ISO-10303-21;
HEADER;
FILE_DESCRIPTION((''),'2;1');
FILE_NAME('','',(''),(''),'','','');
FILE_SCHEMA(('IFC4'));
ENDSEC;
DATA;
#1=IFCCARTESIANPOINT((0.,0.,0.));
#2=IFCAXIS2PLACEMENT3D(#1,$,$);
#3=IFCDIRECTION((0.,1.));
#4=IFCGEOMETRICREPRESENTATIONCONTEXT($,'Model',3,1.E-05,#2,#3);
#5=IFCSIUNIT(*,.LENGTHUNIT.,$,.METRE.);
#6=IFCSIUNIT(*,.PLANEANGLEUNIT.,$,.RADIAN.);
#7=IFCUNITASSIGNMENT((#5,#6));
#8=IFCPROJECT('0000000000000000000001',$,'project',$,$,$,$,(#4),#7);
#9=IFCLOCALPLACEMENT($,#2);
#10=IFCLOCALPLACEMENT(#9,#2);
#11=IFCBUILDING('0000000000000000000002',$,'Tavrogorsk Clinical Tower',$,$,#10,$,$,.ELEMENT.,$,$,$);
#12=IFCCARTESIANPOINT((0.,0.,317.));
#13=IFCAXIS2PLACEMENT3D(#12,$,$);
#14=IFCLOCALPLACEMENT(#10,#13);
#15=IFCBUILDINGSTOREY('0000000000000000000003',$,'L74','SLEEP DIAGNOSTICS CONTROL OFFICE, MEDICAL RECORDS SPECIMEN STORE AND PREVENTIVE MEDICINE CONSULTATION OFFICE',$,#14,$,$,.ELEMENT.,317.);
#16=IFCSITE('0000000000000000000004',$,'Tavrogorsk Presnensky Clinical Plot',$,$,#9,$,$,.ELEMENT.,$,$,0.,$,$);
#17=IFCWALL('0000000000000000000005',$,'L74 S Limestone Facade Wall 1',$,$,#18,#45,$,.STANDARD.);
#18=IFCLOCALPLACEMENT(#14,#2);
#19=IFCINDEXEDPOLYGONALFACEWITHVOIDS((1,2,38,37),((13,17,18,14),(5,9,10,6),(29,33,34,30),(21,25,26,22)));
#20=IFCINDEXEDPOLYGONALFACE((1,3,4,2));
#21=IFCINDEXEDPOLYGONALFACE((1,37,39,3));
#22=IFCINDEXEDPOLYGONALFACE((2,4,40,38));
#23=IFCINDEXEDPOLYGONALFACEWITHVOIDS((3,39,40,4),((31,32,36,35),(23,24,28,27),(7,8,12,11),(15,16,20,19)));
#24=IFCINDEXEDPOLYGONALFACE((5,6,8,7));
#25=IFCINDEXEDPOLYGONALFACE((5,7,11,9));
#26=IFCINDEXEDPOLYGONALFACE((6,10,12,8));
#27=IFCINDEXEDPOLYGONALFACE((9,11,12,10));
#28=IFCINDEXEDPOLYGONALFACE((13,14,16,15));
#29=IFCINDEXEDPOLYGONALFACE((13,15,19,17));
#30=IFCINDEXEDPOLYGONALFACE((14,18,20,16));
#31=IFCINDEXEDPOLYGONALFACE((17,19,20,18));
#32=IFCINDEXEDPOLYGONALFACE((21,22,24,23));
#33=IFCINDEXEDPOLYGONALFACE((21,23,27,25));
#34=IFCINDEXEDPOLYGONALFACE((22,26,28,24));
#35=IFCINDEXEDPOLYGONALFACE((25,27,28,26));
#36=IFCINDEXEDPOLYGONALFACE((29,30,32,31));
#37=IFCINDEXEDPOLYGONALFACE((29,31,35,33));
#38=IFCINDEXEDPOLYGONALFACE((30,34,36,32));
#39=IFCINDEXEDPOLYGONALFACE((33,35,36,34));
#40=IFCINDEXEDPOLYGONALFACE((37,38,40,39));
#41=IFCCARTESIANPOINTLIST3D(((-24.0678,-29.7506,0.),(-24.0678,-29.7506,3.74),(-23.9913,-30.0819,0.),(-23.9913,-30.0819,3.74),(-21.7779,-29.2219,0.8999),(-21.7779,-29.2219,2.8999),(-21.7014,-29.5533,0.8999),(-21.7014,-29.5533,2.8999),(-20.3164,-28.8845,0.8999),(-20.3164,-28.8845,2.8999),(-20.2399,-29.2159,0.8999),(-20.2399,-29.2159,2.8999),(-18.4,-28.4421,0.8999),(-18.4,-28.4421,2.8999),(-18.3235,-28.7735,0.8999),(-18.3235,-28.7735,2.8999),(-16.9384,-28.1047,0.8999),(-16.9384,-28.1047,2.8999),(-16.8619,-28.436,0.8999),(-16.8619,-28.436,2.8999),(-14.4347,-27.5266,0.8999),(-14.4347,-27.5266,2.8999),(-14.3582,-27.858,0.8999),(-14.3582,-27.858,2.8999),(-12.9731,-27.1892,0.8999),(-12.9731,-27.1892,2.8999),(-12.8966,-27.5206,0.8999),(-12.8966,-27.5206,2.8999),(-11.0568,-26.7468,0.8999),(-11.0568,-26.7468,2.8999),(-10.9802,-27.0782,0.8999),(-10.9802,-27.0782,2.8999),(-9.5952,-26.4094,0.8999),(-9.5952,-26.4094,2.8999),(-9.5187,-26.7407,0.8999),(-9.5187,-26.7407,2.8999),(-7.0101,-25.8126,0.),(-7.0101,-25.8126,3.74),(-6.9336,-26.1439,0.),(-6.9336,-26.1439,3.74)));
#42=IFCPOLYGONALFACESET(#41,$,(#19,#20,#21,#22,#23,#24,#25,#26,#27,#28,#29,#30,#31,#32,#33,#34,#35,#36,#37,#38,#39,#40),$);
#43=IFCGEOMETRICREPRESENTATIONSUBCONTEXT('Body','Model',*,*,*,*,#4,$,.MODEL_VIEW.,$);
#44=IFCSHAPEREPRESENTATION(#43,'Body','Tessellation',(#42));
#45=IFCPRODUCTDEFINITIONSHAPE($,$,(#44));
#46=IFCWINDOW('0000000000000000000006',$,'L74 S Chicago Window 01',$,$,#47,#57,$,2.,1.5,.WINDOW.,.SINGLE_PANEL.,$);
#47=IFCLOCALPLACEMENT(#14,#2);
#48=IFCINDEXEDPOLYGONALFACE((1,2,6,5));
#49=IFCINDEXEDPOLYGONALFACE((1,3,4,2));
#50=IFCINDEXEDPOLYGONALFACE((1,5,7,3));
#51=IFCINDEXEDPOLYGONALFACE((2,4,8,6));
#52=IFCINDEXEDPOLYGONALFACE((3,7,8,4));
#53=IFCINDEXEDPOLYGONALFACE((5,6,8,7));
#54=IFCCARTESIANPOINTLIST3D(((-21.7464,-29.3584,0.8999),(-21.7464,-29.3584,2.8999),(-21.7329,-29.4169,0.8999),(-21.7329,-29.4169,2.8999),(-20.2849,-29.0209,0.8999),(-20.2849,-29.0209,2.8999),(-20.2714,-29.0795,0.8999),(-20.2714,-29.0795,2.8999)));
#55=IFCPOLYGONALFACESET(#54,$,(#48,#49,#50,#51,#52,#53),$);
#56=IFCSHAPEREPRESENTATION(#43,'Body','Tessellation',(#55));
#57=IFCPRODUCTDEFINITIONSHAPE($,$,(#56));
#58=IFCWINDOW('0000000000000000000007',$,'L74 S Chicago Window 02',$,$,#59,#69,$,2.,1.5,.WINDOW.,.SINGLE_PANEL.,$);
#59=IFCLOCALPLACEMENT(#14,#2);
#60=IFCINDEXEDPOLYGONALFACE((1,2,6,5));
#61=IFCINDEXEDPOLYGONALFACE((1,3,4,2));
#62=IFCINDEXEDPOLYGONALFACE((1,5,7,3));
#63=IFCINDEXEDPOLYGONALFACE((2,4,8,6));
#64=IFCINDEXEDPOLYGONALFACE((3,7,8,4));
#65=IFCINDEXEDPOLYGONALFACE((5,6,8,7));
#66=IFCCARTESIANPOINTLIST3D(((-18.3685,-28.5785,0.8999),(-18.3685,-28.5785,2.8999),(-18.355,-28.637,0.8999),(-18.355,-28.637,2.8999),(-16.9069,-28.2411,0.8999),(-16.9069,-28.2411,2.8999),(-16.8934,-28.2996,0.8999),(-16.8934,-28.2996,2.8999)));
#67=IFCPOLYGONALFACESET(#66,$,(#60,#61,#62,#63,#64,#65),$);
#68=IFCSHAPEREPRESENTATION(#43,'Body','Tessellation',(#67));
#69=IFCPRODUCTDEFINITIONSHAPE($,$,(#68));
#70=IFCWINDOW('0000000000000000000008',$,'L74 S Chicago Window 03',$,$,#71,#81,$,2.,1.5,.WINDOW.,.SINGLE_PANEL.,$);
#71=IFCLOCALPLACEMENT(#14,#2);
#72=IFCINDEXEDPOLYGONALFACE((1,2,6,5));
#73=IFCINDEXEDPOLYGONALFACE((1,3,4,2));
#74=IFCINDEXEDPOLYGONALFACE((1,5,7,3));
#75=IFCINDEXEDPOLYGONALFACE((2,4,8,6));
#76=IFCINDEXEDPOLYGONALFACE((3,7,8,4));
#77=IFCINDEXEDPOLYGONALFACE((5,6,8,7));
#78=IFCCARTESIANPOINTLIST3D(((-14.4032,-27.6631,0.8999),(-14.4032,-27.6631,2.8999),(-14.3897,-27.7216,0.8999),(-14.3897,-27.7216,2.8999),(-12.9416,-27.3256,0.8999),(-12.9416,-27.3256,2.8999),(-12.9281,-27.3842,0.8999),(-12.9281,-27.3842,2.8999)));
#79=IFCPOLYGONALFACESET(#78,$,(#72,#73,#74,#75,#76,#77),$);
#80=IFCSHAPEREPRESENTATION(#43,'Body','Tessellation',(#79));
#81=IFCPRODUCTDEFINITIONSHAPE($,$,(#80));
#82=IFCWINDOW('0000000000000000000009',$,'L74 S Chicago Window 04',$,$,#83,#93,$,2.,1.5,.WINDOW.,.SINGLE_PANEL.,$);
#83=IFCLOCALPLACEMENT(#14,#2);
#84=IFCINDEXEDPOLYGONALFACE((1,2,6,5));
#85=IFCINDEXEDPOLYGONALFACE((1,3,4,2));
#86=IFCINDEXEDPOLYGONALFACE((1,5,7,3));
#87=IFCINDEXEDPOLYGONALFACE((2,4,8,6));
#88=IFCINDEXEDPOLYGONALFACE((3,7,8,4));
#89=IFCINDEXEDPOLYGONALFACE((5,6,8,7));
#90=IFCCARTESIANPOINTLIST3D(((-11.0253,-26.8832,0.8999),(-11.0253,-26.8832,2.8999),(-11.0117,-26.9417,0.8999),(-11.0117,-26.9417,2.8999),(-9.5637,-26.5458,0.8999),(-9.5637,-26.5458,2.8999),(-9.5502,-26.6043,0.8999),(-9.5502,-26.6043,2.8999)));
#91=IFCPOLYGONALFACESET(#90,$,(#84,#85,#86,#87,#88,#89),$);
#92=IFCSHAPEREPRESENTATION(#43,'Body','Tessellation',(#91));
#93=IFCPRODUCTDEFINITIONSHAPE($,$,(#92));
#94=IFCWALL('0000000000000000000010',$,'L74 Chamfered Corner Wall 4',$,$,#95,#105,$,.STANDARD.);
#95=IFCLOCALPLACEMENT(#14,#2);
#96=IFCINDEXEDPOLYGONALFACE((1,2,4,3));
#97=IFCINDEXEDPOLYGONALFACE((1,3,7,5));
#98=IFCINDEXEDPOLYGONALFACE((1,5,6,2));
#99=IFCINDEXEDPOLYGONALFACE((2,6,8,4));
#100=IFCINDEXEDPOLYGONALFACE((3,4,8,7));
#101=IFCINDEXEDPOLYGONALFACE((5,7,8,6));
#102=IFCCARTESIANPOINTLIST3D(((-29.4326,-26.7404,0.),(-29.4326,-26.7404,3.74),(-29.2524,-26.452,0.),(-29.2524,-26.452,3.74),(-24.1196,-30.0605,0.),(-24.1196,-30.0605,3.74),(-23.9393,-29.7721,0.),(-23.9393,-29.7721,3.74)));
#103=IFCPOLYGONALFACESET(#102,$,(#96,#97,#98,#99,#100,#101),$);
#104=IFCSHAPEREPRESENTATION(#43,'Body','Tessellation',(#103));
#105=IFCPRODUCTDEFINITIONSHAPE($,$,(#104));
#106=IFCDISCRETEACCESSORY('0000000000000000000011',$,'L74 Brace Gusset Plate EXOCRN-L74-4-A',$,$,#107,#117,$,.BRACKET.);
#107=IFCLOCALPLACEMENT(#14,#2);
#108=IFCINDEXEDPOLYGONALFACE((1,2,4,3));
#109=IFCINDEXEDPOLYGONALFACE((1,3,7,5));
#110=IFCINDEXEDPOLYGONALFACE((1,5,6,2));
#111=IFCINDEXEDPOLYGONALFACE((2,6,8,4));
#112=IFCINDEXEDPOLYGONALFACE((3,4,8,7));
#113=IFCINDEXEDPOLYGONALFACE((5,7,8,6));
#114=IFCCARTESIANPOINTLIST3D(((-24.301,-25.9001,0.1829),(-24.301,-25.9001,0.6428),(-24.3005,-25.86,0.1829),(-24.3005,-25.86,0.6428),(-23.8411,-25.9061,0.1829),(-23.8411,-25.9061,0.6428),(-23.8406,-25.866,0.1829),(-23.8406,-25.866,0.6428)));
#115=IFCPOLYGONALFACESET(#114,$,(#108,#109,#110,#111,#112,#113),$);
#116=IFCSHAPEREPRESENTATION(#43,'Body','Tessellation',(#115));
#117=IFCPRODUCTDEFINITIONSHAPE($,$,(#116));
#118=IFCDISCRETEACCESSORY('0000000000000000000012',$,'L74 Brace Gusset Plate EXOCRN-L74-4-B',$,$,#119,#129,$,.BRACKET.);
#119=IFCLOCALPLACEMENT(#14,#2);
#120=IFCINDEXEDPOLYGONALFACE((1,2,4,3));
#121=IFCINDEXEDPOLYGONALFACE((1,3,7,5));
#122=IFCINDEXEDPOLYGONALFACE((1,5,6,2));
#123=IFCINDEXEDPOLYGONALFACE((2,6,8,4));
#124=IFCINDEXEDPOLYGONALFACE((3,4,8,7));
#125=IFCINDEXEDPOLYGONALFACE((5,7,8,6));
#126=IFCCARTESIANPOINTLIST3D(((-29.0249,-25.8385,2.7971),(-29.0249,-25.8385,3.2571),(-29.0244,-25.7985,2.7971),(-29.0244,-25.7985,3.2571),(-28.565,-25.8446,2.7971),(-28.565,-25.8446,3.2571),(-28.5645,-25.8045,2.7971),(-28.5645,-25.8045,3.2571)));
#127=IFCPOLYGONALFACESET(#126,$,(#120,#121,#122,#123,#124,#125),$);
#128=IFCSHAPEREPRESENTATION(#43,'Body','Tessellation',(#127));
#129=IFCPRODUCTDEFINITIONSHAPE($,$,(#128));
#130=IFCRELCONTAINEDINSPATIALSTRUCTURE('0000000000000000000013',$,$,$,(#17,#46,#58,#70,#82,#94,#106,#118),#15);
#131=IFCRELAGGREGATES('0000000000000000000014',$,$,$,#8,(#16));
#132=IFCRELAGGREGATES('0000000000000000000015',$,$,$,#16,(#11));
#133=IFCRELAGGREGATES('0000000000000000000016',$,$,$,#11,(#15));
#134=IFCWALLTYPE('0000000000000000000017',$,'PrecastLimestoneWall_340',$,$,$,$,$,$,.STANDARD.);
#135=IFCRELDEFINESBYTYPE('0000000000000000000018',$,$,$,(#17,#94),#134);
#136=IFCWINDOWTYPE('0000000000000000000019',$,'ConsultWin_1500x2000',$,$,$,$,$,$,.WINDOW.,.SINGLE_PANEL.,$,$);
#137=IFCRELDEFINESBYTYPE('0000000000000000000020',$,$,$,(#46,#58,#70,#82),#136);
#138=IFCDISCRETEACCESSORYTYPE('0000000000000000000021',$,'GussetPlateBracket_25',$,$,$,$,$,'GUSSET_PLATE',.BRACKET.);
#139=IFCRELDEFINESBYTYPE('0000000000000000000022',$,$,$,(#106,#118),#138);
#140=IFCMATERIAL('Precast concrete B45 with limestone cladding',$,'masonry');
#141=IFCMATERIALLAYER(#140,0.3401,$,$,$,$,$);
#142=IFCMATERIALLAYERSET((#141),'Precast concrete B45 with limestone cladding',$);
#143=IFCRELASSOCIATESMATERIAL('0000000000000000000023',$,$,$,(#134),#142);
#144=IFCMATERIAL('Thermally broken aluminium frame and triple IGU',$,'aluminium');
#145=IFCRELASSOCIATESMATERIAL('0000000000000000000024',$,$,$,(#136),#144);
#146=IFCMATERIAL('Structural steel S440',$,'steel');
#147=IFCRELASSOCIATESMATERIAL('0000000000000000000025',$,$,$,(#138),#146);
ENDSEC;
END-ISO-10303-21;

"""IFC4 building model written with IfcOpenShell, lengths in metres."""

from ifc_helpers import new_model, si_unit, direction, frame, frame_2d, origin, origin_2d, place, context, subcontext, project, spatial, rectangle, extrude, material, layer, layer_set, type_object, element, fill, save


model = new_model("IFC4")

# Units and contexts
model_context = context("Model", 3, precision=1e-05, world=origin(), true_north=direction((0.0, 1.0)))
body_context = subcontext(model_context, "Body", "Model", "MODEL_VIEW")
ifc_project = project(units=[si_unit("LENGTHUNIT", "METRE"), si_unit("PLANEANGLEUNIT", "RADIAN")], contexts=[model_context])

# Site, building, storey
site_placement = place(None, origin())
site = spatial("IfcSite", under=ifc_project, at=site_placement, Name="Tavrogorsk Presnensky Clinical Plot", CompositionType="ELEMENT", RefElevation=0.0)
building_placement = place(site_placement, origin())
building = spatial("IfcBuilding", under=site, at=building_placement, Name="Tavrogorsk Clinical Tower", CompositionType="ELEMENT")
storey_placement = place(building_placement, frame((0.0, 0.0, 317.0)))
storey = spatial("IfcBuildingStorey", under=building, at=storey_placement, Name="L74", Description="SLEEP DIAGNOSTICS CONTROL OFFICE, MEDICAL RECORDS SPECIMEN STORE AND PREVENTIVE MEDICINE CONSULTATION OFFICE", CompositionType="ELEMENT", Elevation=317.0)

# Wall, openings, windows
ifc_material_1 = material(Name="Precast concrete B45 with limestone cladding", Category="masonry")
ifc_layer_1 = layer(ifc_material_1, 0.3401)
ifc_layer_set_1 = layer_set([ifc_layer_1], Name="Precast concrete B45 with limestone cladding")
wall_type_1 = type_object("IfcWallType", Name="PrecastLimestoneWall_340", PredefinedType="STANDARD", material=ifc_layer_set_1)
wall_1_placement = place(storey_placement, frame((-24.0295, -29.9163, 0.0), z_axis=(0.0, 0.0, 1.0), x_axis=(0.974371, 0.224947, 0.0)))
wall_1 = element("IfcWall", 1, at=wall_1_placement, inside=storey, type_object=wall_type_1, Name="L74 S Limestone Facade Wall 1", PredefinedType="STANDARD", context=body_context, shape_type="SweptSolid", body=[
    extrude(rectangle(XDim=17.5063, YDim=0.3401, at=frame_2d((8.7532, 0.0))), origin(), (0.0, 0.0, 1.0), 3.74),
])
opening_1_placement = place(wall_1_placement, frame((2.3501, 0.0, 0.8999)))
opening_1 = element("IfcOpeningElement", 2, at=opening_1_placement, cuts=wall_1, PredefinedType="OPENING", context=body_context, shape_type="SweptSolid", body=[
    extrude(rectangle(XDim=1.5, YDim=2.0, at=frame_2d((0.75, 1.0))), frame((0.0, 0.1799, 0.0), z_axis=(0.0, -1.0, 0.0), x_axis=(1.0, 0.0, 0.0)), (0.0, 0.0, 1.0), 0.3601),
])
opening_2_placement = place(wall_1_placement, frame((5.8169, 0.0, 0.8999)))
opening_2 = element("IfcOpeningElement", 3, at=opening_2_placement, cuts=wall_1, PredefinedType="OPENING", context=body_context, shape_type="SweptSolid", body=[
    extrude(rectangle(XDim=1.5, YDim=2.0, at=frame_2d((0.75, 1.0))), frame((0.0, 0.1799, 0.0), z_axis=(0.0, -1.0, 0.0), x_axis=(1.0, 0.0, 0.0)), (0.0, 0.0, 1.0), 0.3601),
])
opening_3_placement = place(wall_1_placement, frame((9.8865, 0.0, 0.8999)))
opening_3 = element("IfcOpeningElement", 4, at=opening_3_placement, cuts=wall_1, PredefinedType="OPENING", context=body_context, shape_type="SweptSolid", body=[
    extrude(rectangle(XDim=1.5, YDim=2.0, at=frame_2d((0.75, 1.0))), frame((0.0, 0.1799, 0.0), z_axis=(0.0, -1.0, 0.0), x_axis=(1.0, 0.0, 0.0)), (0.0, 0.0, 1.0), 0.3601),
])
opening_4_placement = place(wall_1_placement, frame((13.3533, 0.0, 0.8999)))
opening_4 = element("IfcOpeningElement", 5, at=opening_4_placement, cuts=wall_1, PredefinedType="OPENING", context=body_context, shape_type="SweptSolid", body=[
    extrude(rectangle(XDim=1.5, YDim=2.0, at=frame_2d((0.75, 1.0))), frame((0.0, 0.1799, 0.0), z_axis=(0.0, -1.0, 0.0), x_axis=(1.0, 0.0, 0.0)), (0.0, 0.0, 1.0), 0.3601),
])
ifc_material_2 = material(Name="Thermally broken aluminium frame and triple IGU", Category="aluminium")
window_type = type_object("IfcWindowType", Name="ConsultWin_1500x2000", PartitioningType="SINGLE_PANEL", PredefinedType="WINDOW", material=ifc_material_2)
window_1_placement = place(opening_1_placement, origin())
window_1 = element("IfcWindow", 6, at=window_1_placement, inside=storey, type_object=window_type, Name="L74 S Chicago Window 01", OverallHeight=2.0, OverallWidth=1.5, PartitioningType="SINGLE_PANEL", PredefinedType="WINDOW", context=body_context, shape_type="SweptSolid", body=[
    extrude(rectangle(XDim=1.5, YDim=2.0, at=frame_2d((0.75, 1.0))), frame((0.0, 0.03, 0.0), z_axis=(0.0, -1.0, 0.0), x_axis=(1.0, 0.0, 0.0)), (0.0, 0.0, 1.0), 0.0601),
])
fill(opening_1, window_1)
window_2_placement = place(opening_2_placement, origin())
window_2 = element("IfcWindow", 7, at=window_2_placement, inside=storey, type_object=window_type, Name="L74 S Chicago Window 02", OverallHeight=2.0, OverallWidth=1.5, PartitioningType="SINGLE_PANEL", PredefinedType="WINDOW", context=body_context, shape_type="SweptSolid", body=[
    extrude(rectangle(XDim=1.5, YDim=2.0, at=frame_2d((0.75, 1.0))), frame((0.0, 0.03, 0.0), z_axis=(0.0, -1.0, 0.0), x_axis=(1.0, 0.0, 0.0)), (0.0, 0.0, 1.0), 0.0601),
])
fill(opening_2, window_2)
window_3_placement = place(opening_3_placement, origin())
window_3 = element("IfcWindow", 8, at=window_3_placement, inside=storey, type_object=window_type, Name="L74 S Chicago Window 03", OverallHeight=2.0, OverallWidth=1.5, PartitioningType="SINGLE_PANEL", PredefinedType="WINDOW", context=body_context, shape_type="SweptSolid", body=[
    extrude(rectangle(XDim=1.5, YDim=2.0, at=frame_2d((0.75, 1.0))), frame((0.0, 0.03, 0.0), z_axis=(0.0, -1.0, 0.0), x_axis=(1.0, 0.0, 0.0)), (0.0, 0.0, 1.0), 0.0601),
])
fill(opening_3, window_3)
window_4_placement = place(opening_4_placement, origin())
window_4 = element("IfcWindow", 9, at=window_4_placement, inside=storey, type_object=window_type, Name="L74 S Chicago Window 04", OverallHeight=2.0, OverallWidth=1.5, PartitioningType="SINGLE_PANEL", PredefinedType="WINDOW", context=body_context, shape_type="SweptSolid", body=[
    extrude(rectangle(XDim=1.5, YDim=2.0, at=frame_2d((0.75, 1.0))), frame((0.0, 0.03, 0.0), z_axis=(0.0, -1.0, 0.0), x_axis=(1.0, 0.0, 0.0)), (0.0, 0.0, 1.0), 0.0601),
])
fill(opening_4, window_4)

# Wall
wall_2_placement = place(storey_placement, frame((-29.3425, -26.5962, 0.0), z_axis=(0.0, 0.0, 1.0), x_axis=(0.848038, -0.529936, 0.0)))
element("IfcWall", 10, at=wall_2_placement, inside=storey, type_object=wall_type_1, Name="L74 Chamfered Corner Wall 4", PredefinedType="STANDARD", context=body_context, shape_type="SweptSolid", body=[
    extrude(rectangle(XDim=6.2651, YDim=0.3401, at=frame_2d((3.1326, 0.0))), origin(), (0.0, 0.0, 1.0), 3.74),
])

# Discrete accessories
ifc_material_3 = material(Name="Structural steel S440", Category="steel")
discrete_accessory_type = type_object("IfcDiscreteAccessoryType", Name="GussetPlateBracket_25", ElementType="GUSSET_PLATE", PredefinedType="BRACKET", material=ifc_material_3)
for number, where, z_axis, x_axis, name in (
    (11, (-24.0708, -25.8831, 0.1829), (0.0, 0.0, 1.0), (-0.999914, 0.01309, 0.0), "L74 Brace Gusset Plate EXOCRN-L74-4-A"),
    (12, (-28.7947, -25.8215, 2.7971), (0.0, 0.0, 1.0), (-0.999914, 0.01309, 0.0), "L74 Brace Gusset Plate EXOCRN-L74-4-B"),
):
    element("IfcDiscreteAccessory", number, at=place(storey_placement, frame(where, z_axis=z_axis, x_axis=x_axis)), inside=storey, type_object=discrete_accessory_type, Name=name, PredefinedType="BRACKET", context=body_context, shape_type="SweptSolid", body=[
        extrude(rectangle(XDim=0.46, YDim=0.04, at=origin_2d()), origin(), (0.0, 0.0, 1.0), 0.46),
    ])

save(model, "model.ifc")
